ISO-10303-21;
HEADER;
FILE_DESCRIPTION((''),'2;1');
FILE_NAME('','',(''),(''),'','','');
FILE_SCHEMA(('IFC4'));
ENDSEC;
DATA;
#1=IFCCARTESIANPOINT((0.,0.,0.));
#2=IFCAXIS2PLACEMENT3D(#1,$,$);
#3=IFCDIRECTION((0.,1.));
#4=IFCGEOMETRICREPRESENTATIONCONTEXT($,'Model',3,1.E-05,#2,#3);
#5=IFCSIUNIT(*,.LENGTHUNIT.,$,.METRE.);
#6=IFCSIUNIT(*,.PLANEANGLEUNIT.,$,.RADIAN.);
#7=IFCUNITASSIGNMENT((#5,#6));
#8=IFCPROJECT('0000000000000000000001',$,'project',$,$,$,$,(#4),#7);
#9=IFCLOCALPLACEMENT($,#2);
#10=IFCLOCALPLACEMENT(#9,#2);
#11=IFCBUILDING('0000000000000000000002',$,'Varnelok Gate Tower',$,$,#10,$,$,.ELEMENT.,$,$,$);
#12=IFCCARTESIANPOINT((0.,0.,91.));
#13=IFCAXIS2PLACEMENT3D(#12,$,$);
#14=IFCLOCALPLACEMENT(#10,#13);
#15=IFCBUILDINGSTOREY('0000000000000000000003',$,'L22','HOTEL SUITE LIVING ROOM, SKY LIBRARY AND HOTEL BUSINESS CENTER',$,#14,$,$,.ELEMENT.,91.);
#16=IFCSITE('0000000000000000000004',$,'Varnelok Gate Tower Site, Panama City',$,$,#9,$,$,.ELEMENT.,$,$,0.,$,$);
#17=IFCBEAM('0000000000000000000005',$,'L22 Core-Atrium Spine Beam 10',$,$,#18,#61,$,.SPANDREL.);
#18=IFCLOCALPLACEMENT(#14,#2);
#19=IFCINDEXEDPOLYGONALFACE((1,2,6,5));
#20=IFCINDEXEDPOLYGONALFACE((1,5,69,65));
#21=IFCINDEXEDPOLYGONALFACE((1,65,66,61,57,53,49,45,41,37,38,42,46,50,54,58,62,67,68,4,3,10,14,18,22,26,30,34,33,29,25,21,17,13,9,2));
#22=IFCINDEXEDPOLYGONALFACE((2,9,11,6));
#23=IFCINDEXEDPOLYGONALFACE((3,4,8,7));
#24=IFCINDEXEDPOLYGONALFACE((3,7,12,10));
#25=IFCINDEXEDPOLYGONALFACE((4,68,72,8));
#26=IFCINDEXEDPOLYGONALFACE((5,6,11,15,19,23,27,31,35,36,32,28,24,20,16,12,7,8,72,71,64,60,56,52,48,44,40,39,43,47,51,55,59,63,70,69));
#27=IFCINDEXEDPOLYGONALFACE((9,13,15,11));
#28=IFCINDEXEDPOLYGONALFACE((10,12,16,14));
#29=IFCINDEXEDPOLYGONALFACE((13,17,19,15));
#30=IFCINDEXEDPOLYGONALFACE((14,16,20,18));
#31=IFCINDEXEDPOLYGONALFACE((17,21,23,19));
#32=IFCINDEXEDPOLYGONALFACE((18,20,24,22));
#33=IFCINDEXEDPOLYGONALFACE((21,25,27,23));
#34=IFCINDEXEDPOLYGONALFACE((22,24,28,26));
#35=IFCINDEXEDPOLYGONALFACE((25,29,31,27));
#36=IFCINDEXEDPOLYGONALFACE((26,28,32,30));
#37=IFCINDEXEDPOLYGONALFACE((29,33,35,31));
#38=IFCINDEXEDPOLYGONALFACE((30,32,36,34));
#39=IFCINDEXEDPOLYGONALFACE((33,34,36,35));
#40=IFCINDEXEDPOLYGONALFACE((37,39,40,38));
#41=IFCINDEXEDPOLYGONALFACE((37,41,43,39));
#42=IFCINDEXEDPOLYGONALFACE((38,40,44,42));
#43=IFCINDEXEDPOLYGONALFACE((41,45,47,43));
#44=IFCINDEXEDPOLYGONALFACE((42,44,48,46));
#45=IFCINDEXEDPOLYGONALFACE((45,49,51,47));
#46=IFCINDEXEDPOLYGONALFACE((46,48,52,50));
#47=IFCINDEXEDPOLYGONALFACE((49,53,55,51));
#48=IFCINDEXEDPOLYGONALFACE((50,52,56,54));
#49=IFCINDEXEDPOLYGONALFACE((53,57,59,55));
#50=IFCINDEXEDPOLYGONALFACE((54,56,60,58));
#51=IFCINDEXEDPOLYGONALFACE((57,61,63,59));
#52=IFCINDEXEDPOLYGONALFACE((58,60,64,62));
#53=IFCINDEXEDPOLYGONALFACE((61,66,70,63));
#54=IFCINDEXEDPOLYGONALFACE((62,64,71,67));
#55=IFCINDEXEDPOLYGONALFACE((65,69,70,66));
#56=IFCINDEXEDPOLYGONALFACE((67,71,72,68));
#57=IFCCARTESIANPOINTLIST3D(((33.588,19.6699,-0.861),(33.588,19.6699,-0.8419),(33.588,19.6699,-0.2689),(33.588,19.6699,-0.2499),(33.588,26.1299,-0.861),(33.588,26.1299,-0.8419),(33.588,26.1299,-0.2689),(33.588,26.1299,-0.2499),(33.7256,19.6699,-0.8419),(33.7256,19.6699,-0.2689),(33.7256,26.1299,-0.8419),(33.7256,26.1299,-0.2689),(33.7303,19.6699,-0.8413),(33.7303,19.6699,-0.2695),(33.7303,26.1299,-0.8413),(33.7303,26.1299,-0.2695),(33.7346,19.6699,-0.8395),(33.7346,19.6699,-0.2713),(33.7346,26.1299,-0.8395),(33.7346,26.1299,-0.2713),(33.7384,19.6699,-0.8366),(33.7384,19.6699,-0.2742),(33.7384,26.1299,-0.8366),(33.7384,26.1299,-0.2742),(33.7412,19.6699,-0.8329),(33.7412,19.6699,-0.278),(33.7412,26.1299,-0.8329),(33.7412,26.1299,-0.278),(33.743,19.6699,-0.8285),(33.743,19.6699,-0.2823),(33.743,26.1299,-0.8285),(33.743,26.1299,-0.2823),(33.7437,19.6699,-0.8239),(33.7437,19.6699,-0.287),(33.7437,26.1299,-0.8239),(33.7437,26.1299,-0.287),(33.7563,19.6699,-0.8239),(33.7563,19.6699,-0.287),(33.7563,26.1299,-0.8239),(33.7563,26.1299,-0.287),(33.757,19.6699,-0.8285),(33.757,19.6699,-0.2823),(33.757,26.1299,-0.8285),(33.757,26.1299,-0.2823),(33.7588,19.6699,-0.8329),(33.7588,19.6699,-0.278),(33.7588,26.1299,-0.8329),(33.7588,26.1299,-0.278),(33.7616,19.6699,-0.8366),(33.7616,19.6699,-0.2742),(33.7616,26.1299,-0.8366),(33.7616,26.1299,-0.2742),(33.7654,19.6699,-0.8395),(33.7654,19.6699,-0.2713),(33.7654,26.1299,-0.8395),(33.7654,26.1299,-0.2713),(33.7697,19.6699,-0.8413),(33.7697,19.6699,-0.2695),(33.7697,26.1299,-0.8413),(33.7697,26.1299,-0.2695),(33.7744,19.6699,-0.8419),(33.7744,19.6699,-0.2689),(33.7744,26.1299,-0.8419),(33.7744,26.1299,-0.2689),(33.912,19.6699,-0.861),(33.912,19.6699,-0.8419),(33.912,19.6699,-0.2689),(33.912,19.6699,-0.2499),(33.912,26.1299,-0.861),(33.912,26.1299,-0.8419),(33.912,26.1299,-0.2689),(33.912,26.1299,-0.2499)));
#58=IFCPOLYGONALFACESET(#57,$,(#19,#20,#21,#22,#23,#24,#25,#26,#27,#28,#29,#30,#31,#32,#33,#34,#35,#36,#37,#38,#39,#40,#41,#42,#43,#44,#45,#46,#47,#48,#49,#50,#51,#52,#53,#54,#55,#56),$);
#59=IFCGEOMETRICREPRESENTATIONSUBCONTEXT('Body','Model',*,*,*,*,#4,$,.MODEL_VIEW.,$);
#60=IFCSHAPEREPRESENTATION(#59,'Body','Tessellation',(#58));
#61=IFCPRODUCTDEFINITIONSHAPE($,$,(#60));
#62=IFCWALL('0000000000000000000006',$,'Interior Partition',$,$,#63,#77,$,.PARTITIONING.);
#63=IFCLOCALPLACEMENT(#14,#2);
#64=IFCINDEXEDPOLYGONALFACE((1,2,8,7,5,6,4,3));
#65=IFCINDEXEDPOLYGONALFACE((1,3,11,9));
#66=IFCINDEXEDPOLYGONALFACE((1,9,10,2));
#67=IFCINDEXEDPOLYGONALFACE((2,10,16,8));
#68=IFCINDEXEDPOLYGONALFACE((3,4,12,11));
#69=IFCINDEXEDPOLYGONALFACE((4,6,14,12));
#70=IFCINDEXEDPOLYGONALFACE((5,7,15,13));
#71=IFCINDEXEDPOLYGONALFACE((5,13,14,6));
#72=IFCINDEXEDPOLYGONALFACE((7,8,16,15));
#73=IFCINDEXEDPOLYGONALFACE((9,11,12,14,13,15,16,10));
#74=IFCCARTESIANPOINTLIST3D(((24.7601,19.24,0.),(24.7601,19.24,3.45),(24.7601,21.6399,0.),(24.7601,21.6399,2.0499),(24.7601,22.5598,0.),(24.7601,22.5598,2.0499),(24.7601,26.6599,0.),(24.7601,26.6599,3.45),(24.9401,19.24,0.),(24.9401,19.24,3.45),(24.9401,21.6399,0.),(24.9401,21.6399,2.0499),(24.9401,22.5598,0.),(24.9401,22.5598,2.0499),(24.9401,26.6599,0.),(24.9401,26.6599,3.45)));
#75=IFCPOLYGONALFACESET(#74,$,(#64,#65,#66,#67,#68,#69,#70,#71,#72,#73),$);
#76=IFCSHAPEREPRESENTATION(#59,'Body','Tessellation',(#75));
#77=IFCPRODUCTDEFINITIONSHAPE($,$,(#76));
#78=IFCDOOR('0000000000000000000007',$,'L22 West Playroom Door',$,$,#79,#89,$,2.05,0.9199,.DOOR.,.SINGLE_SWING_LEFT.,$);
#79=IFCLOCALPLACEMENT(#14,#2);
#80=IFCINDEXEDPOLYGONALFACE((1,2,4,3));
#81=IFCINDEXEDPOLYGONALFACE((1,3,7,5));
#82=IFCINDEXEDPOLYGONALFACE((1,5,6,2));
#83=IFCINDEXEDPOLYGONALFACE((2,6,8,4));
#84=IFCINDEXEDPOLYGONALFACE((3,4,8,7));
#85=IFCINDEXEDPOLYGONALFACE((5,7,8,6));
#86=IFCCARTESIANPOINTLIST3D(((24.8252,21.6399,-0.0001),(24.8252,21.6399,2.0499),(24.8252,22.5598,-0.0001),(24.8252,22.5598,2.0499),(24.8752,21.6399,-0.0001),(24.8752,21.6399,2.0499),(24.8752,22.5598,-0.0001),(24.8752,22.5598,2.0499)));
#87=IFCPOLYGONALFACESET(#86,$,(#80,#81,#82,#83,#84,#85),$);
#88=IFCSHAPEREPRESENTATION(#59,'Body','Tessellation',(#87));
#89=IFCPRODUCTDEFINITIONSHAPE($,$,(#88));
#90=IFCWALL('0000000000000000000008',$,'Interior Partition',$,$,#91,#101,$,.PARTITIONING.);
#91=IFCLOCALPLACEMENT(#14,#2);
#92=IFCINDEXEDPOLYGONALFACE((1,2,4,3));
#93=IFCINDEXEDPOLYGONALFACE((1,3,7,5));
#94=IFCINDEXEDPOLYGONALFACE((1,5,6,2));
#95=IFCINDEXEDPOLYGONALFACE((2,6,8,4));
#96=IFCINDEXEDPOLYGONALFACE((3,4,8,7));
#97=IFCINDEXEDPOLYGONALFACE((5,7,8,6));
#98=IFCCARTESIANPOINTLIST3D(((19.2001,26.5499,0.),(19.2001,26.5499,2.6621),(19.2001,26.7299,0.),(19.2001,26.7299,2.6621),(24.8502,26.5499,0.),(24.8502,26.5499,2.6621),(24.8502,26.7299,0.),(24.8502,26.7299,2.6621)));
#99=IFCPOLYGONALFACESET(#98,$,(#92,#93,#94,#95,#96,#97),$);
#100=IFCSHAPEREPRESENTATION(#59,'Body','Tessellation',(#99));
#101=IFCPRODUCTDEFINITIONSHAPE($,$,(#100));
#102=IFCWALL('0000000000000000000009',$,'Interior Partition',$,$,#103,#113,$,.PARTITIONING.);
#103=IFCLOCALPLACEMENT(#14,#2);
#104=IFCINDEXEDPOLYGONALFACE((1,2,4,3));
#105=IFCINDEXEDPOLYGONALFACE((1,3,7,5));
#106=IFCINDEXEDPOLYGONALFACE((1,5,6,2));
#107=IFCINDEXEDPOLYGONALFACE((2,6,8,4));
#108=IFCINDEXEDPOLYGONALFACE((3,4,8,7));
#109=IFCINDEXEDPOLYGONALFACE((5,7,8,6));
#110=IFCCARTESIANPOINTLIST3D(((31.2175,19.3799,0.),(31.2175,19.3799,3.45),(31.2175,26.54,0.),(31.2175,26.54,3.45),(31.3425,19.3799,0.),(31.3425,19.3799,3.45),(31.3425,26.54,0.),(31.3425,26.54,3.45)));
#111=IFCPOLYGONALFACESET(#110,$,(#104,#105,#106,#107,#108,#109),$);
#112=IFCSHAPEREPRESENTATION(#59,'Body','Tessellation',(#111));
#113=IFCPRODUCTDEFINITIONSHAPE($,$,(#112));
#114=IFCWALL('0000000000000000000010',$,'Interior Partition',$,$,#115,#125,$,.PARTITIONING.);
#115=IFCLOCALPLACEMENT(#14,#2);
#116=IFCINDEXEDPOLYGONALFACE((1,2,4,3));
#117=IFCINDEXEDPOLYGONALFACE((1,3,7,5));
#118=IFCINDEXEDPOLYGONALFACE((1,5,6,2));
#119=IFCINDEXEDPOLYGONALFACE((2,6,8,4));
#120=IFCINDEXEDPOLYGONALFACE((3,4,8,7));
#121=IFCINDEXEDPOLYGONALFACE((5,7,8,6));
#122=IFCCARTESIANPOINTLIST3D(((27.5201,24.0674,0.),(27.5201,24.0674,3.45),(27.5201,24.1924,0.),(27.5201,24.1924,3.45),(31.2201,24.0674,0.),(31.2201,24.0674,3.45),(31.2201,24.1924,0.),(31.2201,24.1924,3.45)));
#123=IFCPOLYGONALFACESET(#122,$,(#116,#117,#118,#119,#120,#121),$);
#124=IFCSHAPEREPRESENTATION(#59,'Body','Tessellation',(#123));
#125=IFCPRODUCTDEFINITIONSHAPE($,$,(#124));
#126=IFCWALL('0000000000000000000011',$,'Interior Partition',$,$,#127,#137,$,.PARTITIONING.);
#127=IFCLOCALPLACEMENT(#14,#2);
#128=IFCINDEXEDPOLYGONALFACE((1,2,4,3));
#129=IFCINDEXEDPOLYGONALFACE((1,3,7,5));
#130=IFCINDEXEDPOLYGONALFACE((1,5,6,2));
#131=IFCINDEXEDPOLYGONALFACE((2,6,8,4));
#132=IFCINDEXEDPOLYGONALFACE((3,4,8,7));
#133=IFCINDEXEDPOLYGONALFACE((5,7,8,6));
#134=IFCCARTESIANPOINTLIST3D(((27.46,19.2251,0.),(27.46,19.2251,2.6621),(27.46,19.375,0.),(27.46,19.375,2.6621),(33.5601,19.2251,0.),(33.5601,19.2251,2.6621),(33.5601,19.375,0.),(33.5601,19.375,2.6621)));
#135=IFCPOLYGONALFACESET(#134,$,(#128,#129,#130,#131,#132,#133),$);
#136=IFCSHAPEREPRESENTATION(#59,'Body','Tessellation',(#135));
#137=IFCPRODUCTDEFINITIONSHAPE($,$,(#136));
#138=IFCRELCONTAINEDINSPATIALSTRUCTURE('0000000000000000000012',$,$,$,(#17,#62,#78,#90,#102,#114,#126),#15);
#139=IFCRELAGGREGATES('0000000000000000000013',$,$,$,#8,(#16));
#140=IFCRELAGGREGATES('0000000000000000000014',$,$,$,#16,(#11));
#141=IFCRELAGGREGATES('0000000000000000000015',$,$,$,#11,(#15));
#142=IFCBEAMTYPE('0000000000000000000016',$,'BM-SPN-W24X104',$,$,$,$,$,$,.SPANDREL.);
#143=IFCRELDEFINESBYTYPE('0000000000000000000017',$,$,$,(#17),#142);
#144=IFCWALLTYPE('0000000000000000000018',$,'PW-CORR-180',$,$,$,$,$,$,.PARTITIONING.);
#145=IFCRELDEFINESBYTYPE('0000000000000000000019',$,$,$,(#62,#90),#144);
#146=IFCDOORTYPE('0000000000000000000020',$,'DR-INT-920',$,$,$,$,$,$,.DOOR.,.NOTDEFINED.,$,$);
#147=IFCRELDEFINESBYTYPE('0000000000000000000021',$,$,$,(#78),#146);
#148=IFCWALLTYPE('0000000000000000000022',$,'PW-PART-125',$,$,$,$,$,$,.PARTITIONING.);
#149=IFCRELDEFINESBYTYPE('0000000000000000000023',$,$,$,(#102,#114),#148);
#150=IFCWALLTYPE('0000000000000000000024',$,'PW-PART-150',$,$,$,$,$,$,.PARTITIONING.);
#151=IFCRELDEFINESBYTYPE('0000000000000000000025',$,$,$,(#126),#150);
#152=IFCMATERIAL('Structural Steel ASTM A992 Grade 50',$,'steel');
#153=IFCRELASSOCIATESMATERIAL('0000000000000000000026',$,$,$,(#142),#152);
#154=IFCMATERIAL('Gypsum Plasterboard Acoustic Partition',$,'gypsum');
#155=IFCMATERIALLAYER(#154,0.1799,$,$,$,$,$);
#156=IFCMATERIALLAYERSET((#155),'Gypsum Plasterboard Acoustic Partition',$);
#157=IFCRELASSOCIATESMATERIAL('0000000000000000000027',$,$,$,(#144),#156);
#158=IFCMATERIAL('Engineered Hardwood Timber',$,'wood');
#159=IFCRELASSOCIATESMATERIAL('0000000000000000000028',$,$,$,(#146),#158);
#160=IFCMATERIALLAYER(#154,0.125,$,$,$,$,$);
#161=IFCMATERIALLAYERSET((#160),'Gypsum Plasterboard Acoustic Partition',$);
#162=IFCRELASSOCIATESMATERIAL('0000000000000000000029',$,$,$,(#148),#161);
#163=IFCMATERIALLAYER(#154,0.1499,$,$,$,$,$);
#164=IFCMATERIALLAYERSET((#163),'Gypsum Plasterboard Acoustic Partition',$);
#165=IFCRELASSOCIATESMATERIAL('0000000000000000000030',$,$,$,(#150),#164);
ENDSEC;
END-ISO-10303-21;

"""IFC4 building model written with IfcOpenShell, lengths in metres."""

from ifc_helpers import new_model, si_unit, direction, frame, frame_2d, origin, origin_2d, place, context, subcontext, project, spatial, rectangle, i_section, extrude, material, layer, layer_set, material_profile, profile_set, type_object, element, fill, save


model = new_model("IFC4")

# Units and contexts
model_context = context("Model", 3, precision=1e-05, world=origin(), true_north=direction((0.0, 1.0)))
body_context = subcontext(model_context, "Body", "Model", "MODEL_VIEW")
ifc_project = project(units=[si_unit("LENGTHUNIT", "METRE"), si_unit("PLANEANGLEUNIT", "RADIAN")], contexts=[model_context])

# Site, building, storey
site_placement = place(None, origin())
site = spatial("IfcSite", under=ifc_project, at=site_placement, Name="Varnelok Gate Tower Site, Panama City", CompositionType="ELEMENT", RefElevation=0.0)
building_placement = place(site_placement, origin())
building = spatial("IfcBuilding", under=site, at=building_placement, Name="Varnelok Gate Tower", CompositionType="ELEMENT")
storey_placement = place(building_placement, frame((0.0, 0.0, 91.0)))
storey = spatial("IfcBuildingStorey", under=building, at=storey_placement, Name="L22", Description="HOTEL SUITE LIVING ROOM, SKY LIBRARY AND HOTEL BUSINESS CENTER", CompositionType="ELEMENT", Elevation=91.0)

# Shared definitions
ifc_material_1 = material(Name="Structural Steel ASTM A992 Grade 50", Category="steel")

# Beam
ifc_material_profile_1 = material_profile(ifc_material_1, i_section(OverallWidth=0.324, OverallDepth=0.6111, WebThickness=0.0127, FlangeThickness=0.019, FilletRadius=0.0181, at=origin_2d()), Name="W24X104")
ifc_profile_set_1 = profile_set([ifc_material_profile_1], Name="Structural Steel ASTM A992 Grade 50")
beam_type_1 = type_object("IfcBeamType", Name="BM-SPN-W24X104", PredefinedType="SPANDREL", material=ifc_profile_set_1)
beam_1_placement = place(storey_placement, frame((33.75, 19.6699, -0.5554), z_axis=(0.0, 1.0, 0.0), x_axis=(-1.0, 0.0, 0.0)))
element("IfcBeam", 1, at=beam_1_placement, inside=storey, type_object=beam_type_1, Name="L22 Core-Atrium Spine Beam 10", PredefinedType="SPANDREL", context=body_context, shape_type="SweptSolid", body=[
    extrude(i_section(OverallWidth=0.324, OverallDepth=0.6111, WebThickness=0.0127, FlangeThickness=0.019, FilletRadius=0.0181, at=origin_2d()), origin(), (0.0, 0.0, 1.0), 6.46),
])

# Wall, opening, door
ifc_material_2 = material(Name="Gypsum Plasterboard Acoustic Partition", Category="gypsum")
ifc_layer_1 = layer(ifc_material_2, 0.1799)
ifc_layer_set_1 = layer_set([ifc_layer_1], Name="Gypsum Plasterboard Acoustic Partition")
wall_type_1 = type_object("IfcWallType", Name="PW-CORR-180", PredefinedType="PARTITIONING", material=ifc_layer_set_1)
wall_1_placement = place(storey_placement, frame((24.8501, 19.24, 0.0), z_axis=(0.0, 0.0, 1.0), x_axis=(0.0, 1.0, 0.0)))
wall_1 = element("IfcWall", 2, at=wall_1_placement, inside=storey, type_object=wall_type_1, Name="Interior Partition", PredefinedType="PARTITIONING", context=body_context, shape_type="SweptSolid", body=[
    extrude(rectangle(XDim=7.4199, YDim=0.1799, at=frame_2d((3.71, 0.0))), origin(), (0.0, 0.0, 1.0), 3.45),
])
opening_1_placement = place(wall_1_placement, frame((2.3999, 0.0, 0.0)))
opening_1 = element("IfcOpeningElement", 3, at=opening_1_placement, cuts=wall_1, PredefinedType="OPENING", context=body_context, shape_type="SweptSolid", body=[
    extrude(rectangle(XDim=0.9199, YDim=2.05, at=frame_2d((0.46, 1.0249))), frame((0.0, 0.0999, 0.0), z_axis=(0.0, -1.0, 0.0), x_axis=(1.0, 0.0, 0.0)), (0.0, 0.0, 1.0), 0.2),
])
ifc_material_3 = material(Name="Engineered Hardwood Timber", Category="wood")
door_type_1 = type_object("IfcDoorType", Name="DR-INT-920", OperationType="NOTDEFINED", PredefinedType="DOOR", material=ifc_material_3)
door_1_placement = place(opening_1_placement, origin())
door_1 = element("IfcDoor", 4, at=door_1_placement, inside=storey, type_object=door_type_1, Name="L22 West Playroom Door", OperationType="SINGLE_SWING_LEFT", OverallHeight=2.05, OverallWidth=0.9199, PredefinedType="DOOR", context=body_context, shape_type="SweptSolid", body=[
    extrude(rectangle(XDim=0.9199, YDim=2.05, at=frame_2d((0.46, 1.0249))), frame((0.0, 0.0249, 0.0), z_axis=(0.0, -1.0, 0.0), x_axis=(1.0, 0.0, 0.0)), (0.0, 0.0, 1.0), 0.05),
])
fill(opening_1, door_1)

# Walls
wall_2_placement = place(storey_placement, frame((19.2, 26.6399, 0.0), z_axis=(0.0, 0.0, 1.0), x_axis=(1.0, 0.0, 0.0)))
element("IfcWall", 5, at=wall_2_placement, inside=storey, type_object=wall_type_1, Name="Interior Partition", PredefinedType="PARTITIONING", context=body_context, shape_type="SweptSolid", body=[
    extrude(rectangle(XDim=5.6501, YDim=0.1799, at=frame_2d((2.8252, 0.0))), origin(), (0.0, 0.0, 1.0), 2.6621),
])
ifc_layer_2 = layer(ifc_material_2, 0.125)
ifc_layer_set_2 = layer_set([ifc_layer_2], Name="Gypsum Plasterboard Acoustic Partition")
wall_type_2 = type_object("IfcWallType", Name="PW-PART-125", PredefinedType="PARTITIONING", material=ifc_layer_set_2)
wall_3_placement = place(storey_placement, frame((31.28, 19.3799, 0.0), z_axis=(0.0, 0.0, 1.0), x_axis=(0.0, 1.0, 0.0)))
element("IfcWall", 6, at=wall_3_placement, inside=storey, type_object=wall_type_2, Name="Interior Partition", PredefinedType="PARTITIONING", context=body_context, shape_type="SweptSolid", body=[
    extrude(rectangle(XDim=7.1602, YDim=0.125, at=frame_2d((3.5801, 0.0))), origin(), (0.0, 0.0, 1.0), 3.45),
])
wall_4_placement = place(storey_placement, frame((27.52, 24.1299, 0.0), z_axis=(0.0, 0.0, 1.0), x_axis=(1.0, 0.0, 0.0)))
element("IfcWall", 7, at=wall_4_placement, inside=storey, type_object=wall_type_2, Name="Interior Partition", PredefinedType="PARTITIONING", context=body_context, shape_type="SweptSolid", body=[
    extrude(rectangle(XDim=3.7, YDim=0.125, at=frame_2d((1.8501, 0.0))), origin(), (0.0, 0.0, 1.0), 3.45),
])
ifc_layer_3 = layer(ifc_material_2, 0.1499)
ifc_layer_set_3 = layer_set([ifc_layer_3], Name="Gypsum Plasterboard Acoustic Partition")
wall_type_3 = type_object("IfcWallType", Name="PW-PART-150", PredefinedType="PARTITIONING", material=ifc_layer_set_3)
wall_5_placement = place(storey_placement, frame((27.46, 19.3, 0.0), z_axis=(0.0, 0.0, 1.0), x_axis=(1.0, 0.0, 0.0)))
element("IfcWall", 8, at=wall_5_placement, inside=storey, type_object=wall_type_3, Name="Interior Partition", PredefinedType="PARTITIONING", context=body_context, shape_type="SweptSolid", body=[
    extrude(rectangle(XDim=6.1001, YDim=0.1499, at=frame_2d((3.05, 0.0))), origin(), (0.0, 0.0, 1.0), 2.6621),
])

save(model, "model.ifc")
